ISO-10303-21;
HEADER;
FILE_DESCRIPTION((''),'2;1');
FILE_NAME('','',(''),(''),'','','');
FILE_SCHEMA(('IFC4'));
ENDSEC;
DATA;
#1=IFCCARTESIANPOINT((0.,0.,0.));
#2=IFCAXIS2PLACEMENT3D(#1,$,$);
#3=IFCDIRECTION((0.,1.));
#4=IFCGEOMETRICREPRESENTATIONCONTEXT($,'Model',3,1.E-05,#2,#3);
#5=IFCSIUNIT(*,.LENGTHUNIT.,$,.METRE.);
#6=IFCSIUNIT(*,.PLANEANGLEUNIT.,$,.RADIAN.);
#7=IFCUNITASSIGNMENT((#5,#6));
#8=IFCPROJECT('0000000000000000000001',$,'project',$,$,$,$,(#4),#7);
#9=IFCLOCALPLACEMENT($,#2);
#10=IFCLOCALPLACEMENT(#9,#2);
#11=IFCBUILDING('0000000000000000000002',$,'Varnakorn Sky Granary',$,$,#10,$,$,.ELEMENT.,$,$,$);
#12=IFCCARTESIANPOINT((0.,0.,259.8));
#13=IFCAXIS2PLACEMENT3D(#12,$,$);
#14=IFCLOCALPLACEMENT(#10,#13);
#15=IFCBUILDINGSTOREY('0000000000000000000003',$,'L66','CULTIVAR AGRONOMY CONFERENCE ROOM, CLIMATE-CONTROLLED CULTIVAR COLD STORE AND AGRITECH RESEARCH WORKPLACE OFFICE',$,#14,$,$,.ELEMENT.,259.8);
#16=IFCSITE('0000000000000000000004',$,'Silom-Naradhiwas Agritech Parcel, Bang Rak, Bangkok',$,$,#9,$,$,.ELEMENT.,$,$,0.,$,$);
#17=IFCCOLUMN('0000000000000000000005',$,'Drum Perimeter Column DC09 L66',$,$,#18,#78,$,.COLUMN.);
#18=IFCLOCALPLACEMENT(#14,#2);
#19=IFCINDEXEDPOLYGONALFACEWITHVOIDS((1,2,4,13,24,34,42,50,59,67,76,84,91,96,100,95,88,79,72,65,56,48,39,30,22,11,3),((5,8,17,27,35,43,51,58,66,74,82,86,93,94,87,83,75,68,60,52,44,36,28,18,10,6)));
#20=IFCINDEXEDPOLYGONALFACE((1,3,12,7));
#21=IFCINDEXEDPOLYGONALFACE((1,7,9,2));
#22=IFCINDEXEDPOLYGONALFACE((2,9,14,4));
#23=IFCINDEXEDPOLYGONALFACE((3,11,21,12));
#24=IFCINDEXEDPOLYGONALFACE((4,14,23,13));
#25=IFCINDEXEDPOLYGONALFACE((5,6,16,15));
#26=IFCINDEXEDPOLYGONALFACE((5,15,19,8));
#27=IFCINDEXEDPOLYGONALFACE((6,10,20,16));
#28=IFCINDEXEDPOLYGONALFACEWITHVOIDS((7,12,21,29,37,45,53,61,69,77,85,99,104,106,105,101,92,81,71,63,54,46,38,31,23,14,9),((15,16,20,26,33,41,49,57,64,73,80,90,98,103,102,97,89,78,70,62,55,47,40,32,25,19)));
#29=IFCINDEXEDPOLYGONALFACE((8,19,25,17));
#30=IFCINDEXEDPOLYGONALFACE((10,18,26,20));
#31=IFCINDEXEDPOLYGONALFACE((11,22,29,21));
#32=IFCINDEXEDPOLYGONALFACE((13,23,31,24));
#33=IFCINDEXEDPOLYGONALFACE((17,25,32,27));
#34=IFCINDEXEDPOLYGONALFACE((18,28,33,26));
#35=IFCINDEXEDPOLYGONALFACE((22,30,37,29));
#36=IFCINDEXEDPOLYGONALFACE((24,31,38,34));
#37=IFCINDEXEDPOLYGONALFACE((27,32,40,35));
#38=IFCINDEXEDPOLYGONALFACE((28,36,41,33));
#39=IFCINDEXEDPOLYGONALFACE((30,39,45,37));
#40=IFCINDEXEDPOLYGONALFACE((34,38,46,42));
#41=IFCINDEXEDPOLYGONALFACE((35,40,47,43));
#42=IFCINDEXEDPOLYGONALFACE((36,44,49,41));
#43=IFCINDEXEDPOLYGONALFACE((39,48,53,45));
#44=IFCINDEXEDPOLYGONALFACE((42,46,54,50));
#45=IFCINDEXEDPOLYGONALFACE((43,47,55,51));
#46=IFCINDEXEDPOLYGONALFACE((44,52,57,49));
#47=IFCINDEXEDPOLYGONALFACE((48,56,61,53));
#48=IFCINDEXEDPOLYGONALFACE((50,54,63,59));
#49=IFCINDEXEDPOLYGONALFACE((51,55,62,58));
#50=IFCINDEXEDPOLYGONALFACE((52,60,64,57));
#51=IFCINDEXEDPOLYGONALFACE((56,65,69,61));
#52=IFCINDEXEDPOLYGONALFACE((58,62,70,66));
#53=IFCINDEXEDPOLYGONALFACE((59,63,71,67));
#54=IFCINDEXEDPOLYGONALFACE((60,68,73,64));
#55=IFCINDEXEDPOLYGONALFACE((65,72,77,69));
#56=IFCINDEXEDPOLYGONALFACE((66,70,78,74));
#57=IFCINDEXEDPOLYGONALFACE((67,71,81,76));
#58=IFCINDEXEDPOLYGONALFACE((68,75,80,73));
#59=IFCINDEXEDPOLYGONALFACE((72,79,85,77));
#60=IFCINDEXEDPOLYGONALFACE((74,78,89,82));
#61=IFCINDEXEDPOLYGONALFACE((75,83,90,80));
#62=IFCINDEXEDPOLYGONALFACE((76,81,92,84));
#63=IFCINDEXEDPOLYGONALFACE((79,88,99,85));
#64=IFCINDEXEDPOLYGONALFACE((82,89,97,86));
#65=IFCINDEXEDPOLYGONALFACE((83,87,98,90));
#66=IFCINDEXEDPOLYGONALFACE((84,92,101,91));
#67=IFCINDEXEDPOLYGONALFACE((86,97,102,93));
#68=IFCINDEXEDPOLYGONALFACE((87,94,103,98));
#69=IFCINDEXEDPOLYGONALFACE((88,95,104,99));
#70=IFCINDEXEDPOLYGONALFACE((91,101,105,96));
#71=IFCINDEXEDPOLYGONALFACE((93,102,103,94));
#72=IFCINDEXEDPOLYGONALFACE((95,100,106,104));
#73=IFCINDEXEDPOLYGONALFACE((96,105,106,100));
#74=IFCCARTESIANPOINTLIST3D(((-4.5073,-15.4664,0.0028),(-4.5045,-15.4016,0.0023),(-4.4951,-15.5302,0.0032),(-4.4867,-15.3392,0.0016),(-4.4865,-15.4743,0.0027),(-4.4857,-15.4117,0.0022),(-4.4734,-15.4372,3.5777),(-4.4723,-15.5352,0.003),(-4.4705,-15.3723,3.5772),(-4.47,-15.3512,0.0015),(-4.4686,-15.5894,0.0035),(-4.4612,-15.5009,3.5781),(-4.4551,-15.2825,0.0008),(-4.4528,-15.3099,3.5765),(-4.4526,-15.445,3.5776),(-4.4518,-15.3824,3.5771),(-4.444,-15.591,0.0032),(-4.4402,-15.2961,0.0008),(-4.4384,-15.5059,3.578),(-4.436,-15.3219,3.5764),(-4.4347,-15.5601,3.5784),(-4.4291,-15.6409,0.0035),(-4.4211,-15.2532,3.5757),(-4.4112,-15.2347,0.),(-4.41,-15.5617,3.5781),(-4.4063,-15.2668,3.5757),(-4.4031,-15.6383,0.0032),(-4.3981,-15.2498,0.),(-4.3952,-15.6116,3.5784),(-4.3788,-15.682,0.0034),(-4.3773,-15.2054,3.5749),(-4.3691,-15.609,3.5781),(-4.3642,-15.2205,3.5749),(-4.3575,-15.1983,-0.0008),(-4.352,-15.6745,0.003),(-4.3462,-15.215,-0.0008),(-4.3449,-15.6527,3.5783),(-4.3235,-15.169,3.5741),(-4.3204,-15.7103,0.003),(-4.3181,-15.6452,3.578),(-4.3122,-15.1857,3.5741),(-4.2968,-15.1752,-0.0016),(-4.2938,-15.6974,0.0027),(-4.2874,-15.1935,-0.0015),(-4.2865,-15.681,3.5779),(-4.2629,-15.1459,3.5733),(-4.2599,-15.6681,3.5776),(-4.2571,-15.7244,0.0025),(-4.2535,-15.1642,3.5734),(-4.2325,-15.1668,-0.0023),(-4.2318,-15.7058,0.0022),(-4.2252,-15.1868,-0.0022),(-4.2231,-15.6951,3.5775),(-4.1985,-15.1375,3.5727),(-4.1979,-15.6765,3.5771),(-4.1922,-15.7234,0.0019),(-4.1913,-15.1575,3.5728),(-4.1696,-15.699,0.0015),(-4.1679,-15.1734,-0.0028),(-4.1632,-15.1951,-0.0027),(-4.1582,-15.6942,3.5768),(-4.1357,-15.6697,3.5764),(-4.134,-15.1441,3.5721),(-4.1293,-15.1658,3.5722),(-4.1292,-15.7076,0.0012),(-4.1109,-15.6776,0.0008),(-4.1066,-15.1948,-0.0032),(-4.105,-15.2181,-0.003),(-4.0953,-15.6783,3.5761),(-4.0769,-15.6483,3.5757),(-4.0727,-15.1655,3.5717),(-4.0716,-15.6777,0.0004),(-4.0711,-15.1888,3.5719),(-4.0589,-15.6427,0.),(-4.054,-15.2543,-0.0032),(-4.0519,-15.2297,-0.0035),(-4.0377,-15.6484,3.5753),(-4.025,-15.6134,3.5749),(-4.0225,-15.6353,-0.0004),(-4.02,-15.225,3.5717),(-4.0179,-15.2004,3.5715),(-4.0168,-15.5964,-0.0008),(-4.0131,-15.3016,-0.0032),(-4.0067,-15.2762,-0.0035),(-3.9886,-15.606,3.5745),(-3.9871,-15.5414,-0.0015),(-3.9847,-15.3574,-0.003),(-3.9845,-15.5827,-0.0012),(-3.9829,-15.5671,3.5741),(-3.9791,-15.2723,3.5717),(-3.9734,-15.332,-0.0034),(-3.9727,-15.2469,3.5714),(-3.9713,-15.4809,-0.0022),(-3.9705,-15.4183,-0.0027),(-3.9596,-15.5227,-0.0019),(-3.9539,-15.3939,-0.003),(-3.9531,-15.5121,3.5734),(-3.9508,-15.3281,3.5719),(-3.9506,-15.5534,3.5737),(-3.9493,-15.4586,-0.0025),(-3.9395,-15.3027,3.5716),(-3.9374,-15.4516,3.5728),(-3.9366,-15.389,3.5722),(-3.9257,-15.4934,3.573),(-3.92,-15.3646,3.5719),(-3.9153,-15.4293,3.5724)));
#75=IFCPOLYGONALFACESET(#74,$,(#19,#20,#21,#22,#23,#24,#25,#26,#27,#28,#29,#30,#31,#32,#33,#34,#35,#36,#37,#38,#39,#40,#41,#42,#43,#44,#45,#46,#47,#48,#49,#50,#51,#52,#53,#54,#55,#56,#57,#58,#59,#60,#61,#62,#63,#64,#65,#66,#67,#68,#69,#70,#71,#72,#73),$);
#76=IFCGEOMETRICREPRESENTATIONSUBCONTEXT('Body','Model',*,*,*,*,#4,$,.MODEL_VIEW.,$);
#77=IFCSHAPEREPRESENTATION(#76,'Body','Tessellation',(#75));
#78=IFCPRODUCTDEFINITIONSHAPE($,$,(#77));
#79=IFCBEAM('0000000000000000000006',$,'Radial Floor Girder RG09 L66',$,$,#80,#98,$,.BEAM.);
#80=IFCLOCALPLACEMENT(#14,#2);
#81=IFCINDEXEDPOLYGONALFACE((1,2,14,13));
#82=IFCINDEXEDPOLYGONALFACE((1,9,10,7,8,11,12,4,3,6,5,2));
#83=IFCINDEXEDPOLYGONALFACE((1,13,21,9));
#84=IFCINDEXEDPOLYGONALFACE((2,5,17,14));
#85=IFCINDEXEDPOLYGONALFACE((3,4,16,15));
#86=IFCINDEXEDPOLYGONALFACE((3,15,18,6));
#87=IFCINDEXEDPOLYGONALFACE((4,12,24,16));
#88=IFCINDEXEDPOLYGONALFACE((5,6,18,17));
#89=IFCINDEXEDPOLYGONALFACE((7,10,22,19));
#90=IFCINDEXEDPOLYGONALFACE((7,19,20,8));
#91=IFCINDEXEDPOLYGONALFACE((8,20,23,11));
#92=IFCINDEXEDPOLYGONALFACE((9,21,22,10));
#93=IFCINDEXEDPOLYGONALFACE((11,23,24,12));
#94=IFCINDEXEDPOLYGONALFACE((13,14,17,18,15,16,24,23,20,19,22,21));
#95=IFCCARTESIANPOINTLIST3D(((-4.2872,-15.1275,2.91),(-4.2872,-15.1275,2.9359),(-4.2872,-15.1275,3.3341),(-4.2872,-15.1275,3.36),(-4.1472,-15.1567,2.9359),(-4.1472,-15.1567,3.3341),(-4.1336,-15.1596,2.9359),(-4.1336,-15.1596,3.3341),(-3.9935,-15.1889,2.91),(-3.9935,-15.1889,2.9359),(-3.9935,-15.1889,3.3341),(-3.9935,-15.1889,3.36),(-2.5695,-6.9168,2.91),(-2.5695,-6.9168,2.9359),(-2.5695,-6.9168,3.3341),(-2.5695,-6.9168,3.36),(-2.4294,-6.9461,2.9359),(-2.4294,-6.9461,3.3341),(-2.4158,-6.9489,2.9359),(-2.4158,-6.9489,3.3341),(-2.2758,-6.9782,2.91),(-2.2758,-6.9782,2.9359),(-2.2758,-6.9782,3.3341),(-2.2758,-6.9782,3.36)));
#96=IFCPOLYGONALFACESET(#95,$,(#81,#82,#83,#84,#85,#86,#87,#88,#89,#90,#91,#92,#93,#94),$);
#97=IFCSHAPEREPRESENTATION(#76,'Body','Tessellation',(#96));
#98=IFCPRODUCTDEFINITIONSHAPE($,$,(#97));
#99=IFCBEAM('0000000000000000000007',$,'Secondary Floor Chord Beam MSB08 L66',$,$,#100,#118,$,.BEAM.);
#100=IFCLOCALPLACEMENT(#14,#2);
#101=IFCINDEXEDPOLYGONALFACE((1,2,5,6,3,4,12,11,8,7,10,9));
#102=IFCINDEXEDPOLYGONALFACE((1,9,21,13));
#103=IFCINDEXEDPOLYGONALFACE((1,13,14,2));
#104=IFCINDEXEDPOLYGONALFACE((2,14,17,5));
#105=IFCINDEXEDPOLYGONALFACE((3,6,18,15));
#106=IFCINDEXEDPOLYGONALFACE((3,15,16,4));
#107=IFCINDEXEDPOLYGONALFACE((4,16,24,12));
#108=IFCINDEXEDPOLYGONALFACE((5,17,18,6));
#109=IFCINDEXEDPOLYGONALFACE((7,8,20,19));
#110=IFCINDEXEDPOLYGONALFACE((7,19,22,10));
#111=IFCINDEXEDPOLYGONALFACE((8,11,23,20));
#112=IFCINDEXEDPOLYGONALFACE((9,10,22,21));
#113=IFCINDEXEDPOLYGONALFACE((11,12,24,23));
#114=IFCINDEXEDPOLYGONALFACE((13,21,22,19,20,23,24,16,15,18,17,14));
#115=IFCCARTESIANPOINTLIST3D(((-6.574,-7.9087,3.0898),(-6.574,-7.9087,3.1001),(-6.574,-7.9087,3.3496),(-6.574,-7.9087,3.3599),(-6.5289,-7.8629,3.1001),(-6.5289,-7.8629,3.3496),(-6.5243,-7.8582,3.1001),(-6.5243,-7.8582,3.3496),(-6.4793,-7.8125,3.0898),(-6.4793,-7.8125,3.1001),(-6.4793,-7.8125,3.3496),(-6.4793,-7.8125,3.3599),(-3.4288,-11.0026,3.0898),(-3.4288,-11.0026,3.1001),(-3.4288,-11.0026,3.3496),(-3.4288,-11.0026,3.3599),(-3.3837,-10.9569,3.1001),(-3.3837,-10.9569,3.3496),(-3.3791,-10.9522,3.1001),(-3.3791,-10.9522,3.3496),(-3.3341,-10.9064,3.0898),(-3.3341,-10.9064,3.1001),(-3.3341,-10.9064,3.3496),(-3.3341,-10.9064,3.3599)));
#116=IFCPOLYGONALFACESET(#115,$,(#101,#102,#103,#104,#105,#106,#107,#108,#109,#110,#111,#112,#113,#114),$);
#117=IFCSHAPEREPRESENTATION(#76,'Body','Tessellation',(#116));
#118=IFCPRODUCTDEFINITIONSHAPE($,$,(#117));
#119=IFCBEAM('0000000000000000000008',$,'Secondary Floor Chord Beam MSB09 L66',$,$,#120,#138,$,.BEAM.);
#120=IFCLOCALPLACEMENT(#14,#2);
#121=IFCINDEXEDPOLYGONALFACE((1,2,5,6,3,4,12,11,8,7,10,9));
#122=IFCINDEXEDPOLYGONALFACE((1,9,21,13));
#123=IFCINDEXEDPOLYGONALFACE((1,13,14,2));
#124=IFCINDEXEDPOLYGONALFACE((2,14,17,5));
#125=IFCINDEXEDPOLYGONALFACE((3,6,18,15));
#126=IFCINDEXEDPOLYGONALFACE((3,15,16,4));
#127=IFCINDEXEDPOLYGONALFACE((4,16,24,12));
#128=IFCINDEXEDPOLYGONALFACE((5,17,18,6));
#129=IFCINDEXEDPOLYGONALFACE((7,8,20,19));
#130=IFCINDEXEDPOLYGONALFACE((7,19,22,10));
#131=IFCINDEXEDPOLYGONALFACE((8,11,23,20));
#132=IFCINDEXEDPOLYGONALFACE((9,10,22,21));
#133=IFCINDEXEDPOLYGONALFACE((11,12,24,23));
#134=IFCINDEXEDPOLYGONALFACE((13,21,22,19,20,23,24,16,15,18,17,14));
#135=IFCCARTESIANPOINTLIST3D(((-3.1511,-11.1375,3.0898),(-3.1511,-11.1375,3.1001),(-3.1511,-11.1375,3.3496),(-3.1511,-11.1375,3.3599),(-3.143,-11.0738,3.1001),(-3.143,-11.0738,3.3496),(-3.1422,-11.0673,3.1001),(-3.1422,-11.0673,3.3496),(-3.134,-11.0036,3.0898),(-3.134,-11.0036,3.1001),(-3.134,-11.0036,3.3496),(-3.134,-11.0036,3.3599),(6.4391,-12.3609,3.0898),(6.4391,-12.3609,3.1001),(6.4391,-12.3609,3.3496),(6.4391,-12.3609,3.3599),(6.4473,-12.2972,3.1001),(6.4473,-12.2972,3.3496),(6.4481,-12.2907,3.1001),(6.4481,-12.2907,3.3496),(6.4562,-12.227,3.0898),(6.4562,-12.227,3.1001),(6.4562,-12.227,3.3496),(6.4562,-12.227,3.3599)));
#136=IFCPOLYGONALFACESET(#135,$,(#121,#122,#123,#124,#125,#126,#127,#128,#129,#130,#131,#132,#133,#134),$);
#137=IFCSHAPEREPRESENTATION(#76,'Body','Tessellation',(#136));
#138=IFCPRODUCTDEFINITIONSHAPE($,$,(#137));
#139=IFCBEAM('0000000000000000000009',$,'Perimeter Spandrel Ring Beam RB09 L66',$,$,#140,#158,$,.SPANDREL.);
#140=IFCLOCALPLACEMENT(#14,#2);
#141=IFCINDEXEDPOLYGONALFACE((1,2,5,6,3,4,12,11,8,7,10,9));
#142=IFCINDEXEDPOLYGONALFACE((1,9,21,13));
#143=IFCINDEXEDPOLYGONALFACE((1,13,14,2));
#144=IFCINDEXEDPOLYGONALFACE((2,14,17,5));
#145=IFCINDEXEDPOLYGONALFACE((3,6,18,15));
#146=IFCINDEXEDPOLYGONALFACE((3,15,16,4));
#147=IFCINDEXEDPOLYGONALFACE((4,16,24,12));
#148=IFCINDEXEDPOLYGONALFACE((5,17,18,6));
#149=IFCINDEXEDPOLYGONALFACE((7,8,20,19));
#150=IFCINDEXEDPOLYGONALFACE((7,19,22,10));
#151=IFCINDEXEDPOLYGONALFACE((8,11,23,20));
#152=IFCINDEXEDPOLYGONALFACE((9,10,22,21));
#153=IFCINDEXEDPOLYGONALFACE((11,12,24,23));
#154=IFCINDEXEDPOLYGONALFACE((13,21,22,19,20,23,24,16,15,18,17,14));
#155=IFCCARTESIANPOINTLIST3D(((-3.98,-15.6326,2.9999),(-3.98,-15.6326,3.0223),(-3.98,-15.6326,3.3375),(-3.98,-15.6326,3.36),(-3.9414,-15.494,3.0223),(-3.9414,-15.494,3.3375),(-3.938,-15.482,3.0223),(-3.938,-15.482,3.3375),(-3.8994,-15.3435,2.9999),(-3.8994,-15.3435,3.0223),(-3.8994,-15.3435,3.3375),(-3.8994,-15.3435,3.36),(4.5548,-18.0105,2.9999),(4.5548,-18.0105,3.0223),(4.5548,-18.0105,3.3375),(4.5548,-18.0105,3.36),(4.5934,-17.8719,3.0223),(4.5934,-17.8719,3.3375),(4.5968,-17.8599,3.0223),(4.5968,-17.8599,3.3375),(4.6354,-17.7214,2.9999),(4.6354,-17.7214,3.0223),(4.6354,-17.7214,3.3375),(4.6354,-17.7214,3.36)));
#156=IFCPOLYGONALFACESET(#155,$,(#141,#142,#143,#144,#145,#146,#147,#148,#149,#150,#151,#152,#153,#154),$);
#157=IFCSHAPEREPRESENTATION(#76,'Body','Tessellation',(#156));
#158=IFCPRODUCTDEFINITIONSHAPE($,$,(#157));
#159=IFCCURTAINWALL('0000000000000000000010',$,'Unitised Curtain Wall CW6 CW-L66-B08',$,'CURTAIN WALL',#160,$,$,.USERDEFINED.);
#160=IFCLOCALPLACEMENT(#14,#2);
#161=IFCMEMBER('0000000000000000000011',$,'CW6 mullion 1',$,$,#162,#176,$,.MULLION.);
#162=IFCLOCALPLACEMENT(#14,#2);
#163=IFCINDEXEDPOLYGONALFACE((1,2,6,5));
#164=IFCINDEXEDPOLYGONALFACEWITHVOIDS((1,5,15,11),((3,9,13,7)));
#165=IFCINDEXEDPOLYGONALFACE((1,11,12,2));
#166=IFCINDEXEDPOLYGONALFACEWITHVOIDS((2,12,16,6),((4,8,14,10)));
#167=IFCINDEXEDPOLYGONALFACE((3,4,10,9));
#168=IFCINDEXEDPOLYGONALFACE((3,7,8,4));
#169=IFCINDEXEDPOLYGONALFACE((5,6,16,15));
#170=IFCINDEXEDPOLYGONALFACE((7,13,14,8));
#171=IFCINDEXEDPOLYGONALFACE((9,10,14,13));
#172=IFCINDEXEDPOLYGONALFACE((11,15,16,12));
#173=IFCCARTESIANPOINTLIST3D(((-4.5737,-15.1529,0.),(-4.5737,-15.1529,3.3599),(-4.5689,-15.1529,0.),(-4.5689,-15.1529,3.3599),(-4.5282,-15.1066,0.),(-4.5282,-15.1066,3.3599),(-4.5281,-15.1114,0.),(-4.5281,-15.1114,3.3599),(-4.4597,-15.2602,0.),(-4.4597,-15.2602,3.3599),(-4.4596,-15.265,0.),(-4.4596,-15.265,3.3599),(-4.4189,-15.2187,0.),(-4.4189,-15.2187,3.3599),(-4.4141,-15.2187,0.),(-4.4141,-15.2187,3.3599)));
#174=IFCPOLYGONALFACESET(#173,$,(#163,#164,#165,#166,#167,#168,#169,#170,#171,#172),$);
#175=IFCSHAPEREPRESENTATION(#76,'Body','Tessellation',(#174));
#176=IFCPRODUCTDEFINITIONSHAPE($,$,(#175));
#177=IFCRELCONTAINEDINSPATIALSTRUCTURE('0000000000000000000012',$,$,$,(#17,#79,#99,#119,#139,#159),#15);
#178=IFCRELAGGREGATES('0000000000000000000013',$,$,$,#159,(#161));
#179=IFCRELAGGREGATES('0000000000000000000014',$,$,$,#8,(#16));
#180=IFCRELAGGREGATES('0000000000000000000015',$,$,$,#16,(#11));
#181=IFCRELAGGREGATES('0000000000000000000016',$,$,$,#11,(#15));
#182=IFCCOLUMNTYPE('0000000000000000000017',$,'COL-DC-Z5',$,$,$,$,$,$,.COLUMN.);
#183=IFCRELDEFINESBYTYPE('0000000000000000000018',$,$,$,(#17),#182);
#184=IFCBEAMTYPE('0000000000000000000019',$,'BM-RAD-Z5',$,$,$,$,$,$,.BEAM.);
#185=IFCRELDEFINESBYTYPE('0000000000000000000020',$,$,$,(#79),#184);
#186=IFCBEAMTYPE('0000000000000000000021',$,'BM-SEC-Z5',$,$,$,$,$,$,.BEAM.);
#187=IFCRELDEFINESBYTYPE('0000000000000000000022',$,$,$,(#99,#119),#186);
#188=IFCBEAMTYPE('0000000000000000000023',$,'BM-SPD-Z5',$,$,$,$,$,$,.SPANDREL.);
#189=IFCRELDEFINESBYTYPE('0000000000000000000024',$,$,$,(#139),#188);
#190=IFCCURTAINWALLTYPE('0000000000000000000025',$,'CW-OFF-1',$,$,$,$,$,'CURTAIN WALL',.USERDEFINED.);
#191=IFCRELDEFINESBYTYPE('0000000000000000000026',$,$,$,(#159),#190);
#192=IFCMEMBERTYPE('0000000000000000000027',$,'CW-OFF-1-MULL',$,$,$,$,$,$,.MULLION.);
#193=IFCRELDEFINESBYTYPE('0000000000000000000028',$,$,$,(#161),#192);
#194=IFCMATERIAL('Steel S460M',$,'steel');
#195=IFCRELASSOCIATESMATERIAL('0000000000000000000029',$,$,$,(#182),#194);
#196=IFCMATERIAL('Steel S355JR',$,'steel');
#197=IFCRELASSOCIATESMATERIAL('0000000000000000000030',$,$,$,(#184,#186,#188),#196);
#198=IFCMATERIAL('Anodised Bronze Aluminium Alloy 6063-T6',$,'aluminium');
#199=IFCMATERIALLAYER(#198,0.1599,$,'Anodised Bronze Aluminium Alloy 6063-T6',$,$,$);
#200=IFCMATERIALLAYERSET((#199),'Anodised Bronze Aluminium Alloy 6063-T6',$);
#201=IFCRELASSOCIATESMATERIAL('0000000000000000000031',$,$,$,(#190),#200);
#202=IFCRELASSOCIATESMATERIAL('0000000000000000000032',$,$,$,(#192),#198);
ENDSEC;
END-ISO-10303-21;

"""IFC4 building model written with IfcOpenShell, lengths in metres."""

from ifc_helpers import new_model, si_unit, direction, frame, origin, origin_2d, place, context, subcontext, project, spatial, hollow_rectangle, hollow_circle, i_section, extrude, material, layer, layer_set, material_profile, profile_set, type_object, element, aggregate, save


model = new_model("IFC4")

# Units and contexts
model_context = context("Model", 3, precision=1e-05, world=origin(), true_north=direction((0.0, 1.0)))
body_context = subcontext(model_context, "Body", "Model", "MODEL_VIEW")
ifc_project = project(units=[si_unit("LENGTHUNIT", "METRE"), si_unit("PLANEANGLEUNIT", "RADIAN")], contexts=[model_context])

# Site, building, storey
site_placement = place(None, origin())
site = spatial("IfcSite", under=ifc_project, at=site_placement, Name="Silom-Naradhiwas Agritech Parcel, Bang Rak, Bangkok", CompositionType="ELEMENT", RefElevation=0.0)
building_placement = place(site_placement, origin())
building = spatial("IfcBuilding", under=site, at=building_placement, Name="Varnakorn Sky Granary", CompositionType="ELEMENT")
storey_placement = place(building_placement, frame((0.0, 0.0, 259.8)))
storey = spatial("IfcBuildingStorey", under=building, at=storey_placement, Name="L66", Description="CULTIVAR AGRONOMY CONFERENCE ROOM, CLIMATE-CONTROLLED CULTIVAR COLD STORE AND AGRITECH RESEARCH WORKPLACE OFFICE", CompositionType="ELEMENT", Elevation=259.8)

# Column
ifc_material_1 = material(Name="Steel S460M", Category="steel")
ifc_material_profile_1 = material_profile(ifc_material_1, hollow_circle(Radius=0.2795, WallThickness=0.02, at=origin_2d()), Name="CHS 559x20")
ifc_profile_set_1 = profile_set([ifc_material_profile_1], Name="Steel S460M")
column_type = type_object("IfcColumnType", Name="COL-DC-Z5", PredefinedType="COLUMN", material=ifc_profile_set_1)
column_placement = place(storey_placement, frame((-4.2285, -15.4463, 0.0), z_axis=(0.009492, 0.008194, 0.999921), x_axis=(-0.653478, 0.756945, 0.0)))
element("IfcColumn", 1, at=column_placement, inside=storey, type_object=column_type, Name="Drum Perimeter Column DC09 L66", PredefinedType="COLUMN", context=body_context, shape_type="SweptSolid", body=[
    extrude(hollow_circle(Radius=0.2795, WallThickness=0.02, at=origin_2d()), origin(), (0.0, 0.0, 1.0), 3.5752),
])

# Beams
ifc_material_2 = material(Name="Steel S355JR", Category="steel")
ifc_material_profile_2 = material_profile(ifc_material_2, i_section(OverallWidth=0.3, OverallDepth=0.45, WebThickness=0.0139, FlangeThickness=0.0259, at=origin_2d()), Name="HE 450 B")
ifc_profile_set_2 = profile_set([ifc_material_profile_2], Name="Steel S355JR")
beam_type_1 = type_object("IfcBeamType", Name="BM-RAD-Z5", PredefinedType="BEAM", material=ifc_profile_set_2)
beam_1_placement = place(storey_placement, frame((-2.4226, -6.9475, 3.135), z_axis=(-0.204778, -0.978808, 0.0), x_axis=(0.978808, -0.204778, 0.0)))
element("IfcBeam", 2, at=beam_1_placement, inside=storey, type_object=beam_type_1, Name="Radial Floor Girder RG09 L66", PredefinedType="BEAM", context=body_context, shape_type="SweptSolid", body=[
    extrude(i_section(OverallWidth=0.3, OverallDepth=0.45, WebThickness=0.0139, FlangeThickness=0.0259, at=origin_2d()), origin(), (0.0, 0.0, 1.0), 8.3884),
])
ifc_material_profile_3 = material_profile(ifc_material_2, i_section(OverallWidth=0.135, OverallDepth=0.27, WebThickness=0.0066, FlangeThickness=0.0103, at=origin_2d()), Name="IPE 270")
ifc_profile_set_3 = profile_set([ifc_material_profile_3], Name="Steel S355JR")
beam_type_2 = type_object("IfcBeamType", Name="BM-SEC-Z5", PredefinedType="BEAM", material=ifc_profile_set_3)
beam_2_placement = place(storey_placement, frame((-6.5266, -7.8606, 3.2249), z_axis=(0.712893, -0.701273, 0.0), x_axis=(0.701273, 0.712893, 0.0)))
element("IfcBeam", 3, at=beam_2_placement, inside=storey, type_object=beam_type_2, Name="Secondary Floor Chord Beam MSB08 L66", PredefinedType="BEAM", context=body_context, shape_type="SweptSolid", body=[
    extrude(i_section(OverallWidth=0.135, OverallDepth=0.27, WebThickness=0.0066, FlangeThickness=0.0103, at=origin_2d()), origin(), (0.0, 0.0, 1.0), 4.4119),
])
beam_3_placement = place(storey_placement, frame((-3.1426, -11.0706, 3.2249), z_axis=(0.991962, -0.126539, 0.0), x_axis=(0.126539, 0.991962, 0.0)))
element("IfcBeam", 4, at=beam_3_placement, inside=storey, type_object=beam_type_2, Name="Secondary Floor Chord Beam MSB09 L66", PredefinedType="BEAM", context=body_context, shape_type="SweptSolid", body=[
    extrude(i_section(OverallWidth=0.135, OverallDepth=0.27, WebThickness=0.0066, FlangeThickness=0.0103, at=origin_2d()), origin(), (0.0, 0.0, 1.0), 9.668),
])
ifc_material_profile_4 = material_profile(ifc_material_2, i_section(OverallWidth=0.3, OverallDepth=0.3601, WebThickness=0.0125, FlangeThickness=0.0225, at=origin_2d()), Name="HE 360 B")
ifc_profile_set_4 = profile_set([ifc_material_profile_4], Name="Steel S355JR")
beam_type_3 = type_object("IfcBeamType", Name="BM-SPD-Z5", PredefinedType="SPANDREL", material=ifc_profile_set_4)
beam_4_placement = place(storey_placement, frame((-3.9397, -15.488, 3.1799), z_axis=(0.96331, -0.26839, 0.0), x_axis=(0.26839, 0.96331, 0.0)))
element("IfcBeam", 5, at=beam_4_placement, inside=storey, type_object=beam_type_3, Name="Perimeter Spandrel Ring Beam RB09 L66", PredefinedType="SPANDREL", context=body_context, shape_type="SweptSolid", body=[
    extrude(i_section(OverallWidth=0.3, OverallDepth=0.3601, WebThickness=0.0125, FlangeThickness=0.0225, at=origin_2d()), origin(), (0.0, 0.0, 1.0), 8.8599),
])

# Curtain wall, member
ifc_material_3 = material(Name="Anodised Bronze Aluminium Alloy 6063-T6", Category="aluminium")
ifc_layer_1 = layer(ifc_material_3, 0.1599, Name="Anodised Bronze Aluminium Alloy 6063-T6")
ifc_layer_set_1 = layer_set([ifc_layer_1], Name="Anodised Bronze Aluminium Alloy 6063-T6")
curtain_wall_type = type_object("IfcCurtainWallType", Name="CW-OFF-1", ElementType="CURTAIN WALL", PredefinedType="USERDEFINED", material=ifc_layer_set_1)
curtain_wall_placement = place(storey_placement, origin())
curtain_wall = element("IfcCurtainWall", 6, at=curtain_wall_placement, inside=storey, type_object=curtain_wall_type, Name="Unitised Curtain Wall CW6 CW-L66-B08", ObjectType="CURTAIN WALL", PredefinedType="USERDEFINED")
ifc_material_profile_5 = material_profile(ifc_material_3, hollow_rectangle(XDim=0.0649, YDim=0.1599, WallThickness=0.0034, at=origin_2d()), Name="ALU MULL 65x160")
ifc_profile_set_5 = profile_set([ifc_material_profile_5], Name="Anodised Bronze Aluminium Alloy 6063-T6")
member_type_1 = type_object("IfcMemberType", Name="CW-OFF-1-MULL", PredefinedType="MULLION", material=ifc_profile_set_5)
member_1_placement = place(storey_placement, frame((-4.4939, -15.1858, 0.0), z_axis=(0.0, 0.0, 1.0), x_axis=(-0.700774, -0.713383, 0.0)))
member_1 = element("IfcMember", 7, at=member_1_placement, type_object=member_type_1, Name="CW6 mullion 1", PredefinedType="MULLION", context=body_context, shape_type="SweptSolid", body=[
    extrude(hollow_rectangle(XDim=0.0649, YDim=0.1599, WallThickness=0.0034, at=origin_2d()), origin(), (0.0, 0.0, 1.0), 3.3599),
])

aggregate(curtain_wall, [member_1])

save(model, "model.ifc")
